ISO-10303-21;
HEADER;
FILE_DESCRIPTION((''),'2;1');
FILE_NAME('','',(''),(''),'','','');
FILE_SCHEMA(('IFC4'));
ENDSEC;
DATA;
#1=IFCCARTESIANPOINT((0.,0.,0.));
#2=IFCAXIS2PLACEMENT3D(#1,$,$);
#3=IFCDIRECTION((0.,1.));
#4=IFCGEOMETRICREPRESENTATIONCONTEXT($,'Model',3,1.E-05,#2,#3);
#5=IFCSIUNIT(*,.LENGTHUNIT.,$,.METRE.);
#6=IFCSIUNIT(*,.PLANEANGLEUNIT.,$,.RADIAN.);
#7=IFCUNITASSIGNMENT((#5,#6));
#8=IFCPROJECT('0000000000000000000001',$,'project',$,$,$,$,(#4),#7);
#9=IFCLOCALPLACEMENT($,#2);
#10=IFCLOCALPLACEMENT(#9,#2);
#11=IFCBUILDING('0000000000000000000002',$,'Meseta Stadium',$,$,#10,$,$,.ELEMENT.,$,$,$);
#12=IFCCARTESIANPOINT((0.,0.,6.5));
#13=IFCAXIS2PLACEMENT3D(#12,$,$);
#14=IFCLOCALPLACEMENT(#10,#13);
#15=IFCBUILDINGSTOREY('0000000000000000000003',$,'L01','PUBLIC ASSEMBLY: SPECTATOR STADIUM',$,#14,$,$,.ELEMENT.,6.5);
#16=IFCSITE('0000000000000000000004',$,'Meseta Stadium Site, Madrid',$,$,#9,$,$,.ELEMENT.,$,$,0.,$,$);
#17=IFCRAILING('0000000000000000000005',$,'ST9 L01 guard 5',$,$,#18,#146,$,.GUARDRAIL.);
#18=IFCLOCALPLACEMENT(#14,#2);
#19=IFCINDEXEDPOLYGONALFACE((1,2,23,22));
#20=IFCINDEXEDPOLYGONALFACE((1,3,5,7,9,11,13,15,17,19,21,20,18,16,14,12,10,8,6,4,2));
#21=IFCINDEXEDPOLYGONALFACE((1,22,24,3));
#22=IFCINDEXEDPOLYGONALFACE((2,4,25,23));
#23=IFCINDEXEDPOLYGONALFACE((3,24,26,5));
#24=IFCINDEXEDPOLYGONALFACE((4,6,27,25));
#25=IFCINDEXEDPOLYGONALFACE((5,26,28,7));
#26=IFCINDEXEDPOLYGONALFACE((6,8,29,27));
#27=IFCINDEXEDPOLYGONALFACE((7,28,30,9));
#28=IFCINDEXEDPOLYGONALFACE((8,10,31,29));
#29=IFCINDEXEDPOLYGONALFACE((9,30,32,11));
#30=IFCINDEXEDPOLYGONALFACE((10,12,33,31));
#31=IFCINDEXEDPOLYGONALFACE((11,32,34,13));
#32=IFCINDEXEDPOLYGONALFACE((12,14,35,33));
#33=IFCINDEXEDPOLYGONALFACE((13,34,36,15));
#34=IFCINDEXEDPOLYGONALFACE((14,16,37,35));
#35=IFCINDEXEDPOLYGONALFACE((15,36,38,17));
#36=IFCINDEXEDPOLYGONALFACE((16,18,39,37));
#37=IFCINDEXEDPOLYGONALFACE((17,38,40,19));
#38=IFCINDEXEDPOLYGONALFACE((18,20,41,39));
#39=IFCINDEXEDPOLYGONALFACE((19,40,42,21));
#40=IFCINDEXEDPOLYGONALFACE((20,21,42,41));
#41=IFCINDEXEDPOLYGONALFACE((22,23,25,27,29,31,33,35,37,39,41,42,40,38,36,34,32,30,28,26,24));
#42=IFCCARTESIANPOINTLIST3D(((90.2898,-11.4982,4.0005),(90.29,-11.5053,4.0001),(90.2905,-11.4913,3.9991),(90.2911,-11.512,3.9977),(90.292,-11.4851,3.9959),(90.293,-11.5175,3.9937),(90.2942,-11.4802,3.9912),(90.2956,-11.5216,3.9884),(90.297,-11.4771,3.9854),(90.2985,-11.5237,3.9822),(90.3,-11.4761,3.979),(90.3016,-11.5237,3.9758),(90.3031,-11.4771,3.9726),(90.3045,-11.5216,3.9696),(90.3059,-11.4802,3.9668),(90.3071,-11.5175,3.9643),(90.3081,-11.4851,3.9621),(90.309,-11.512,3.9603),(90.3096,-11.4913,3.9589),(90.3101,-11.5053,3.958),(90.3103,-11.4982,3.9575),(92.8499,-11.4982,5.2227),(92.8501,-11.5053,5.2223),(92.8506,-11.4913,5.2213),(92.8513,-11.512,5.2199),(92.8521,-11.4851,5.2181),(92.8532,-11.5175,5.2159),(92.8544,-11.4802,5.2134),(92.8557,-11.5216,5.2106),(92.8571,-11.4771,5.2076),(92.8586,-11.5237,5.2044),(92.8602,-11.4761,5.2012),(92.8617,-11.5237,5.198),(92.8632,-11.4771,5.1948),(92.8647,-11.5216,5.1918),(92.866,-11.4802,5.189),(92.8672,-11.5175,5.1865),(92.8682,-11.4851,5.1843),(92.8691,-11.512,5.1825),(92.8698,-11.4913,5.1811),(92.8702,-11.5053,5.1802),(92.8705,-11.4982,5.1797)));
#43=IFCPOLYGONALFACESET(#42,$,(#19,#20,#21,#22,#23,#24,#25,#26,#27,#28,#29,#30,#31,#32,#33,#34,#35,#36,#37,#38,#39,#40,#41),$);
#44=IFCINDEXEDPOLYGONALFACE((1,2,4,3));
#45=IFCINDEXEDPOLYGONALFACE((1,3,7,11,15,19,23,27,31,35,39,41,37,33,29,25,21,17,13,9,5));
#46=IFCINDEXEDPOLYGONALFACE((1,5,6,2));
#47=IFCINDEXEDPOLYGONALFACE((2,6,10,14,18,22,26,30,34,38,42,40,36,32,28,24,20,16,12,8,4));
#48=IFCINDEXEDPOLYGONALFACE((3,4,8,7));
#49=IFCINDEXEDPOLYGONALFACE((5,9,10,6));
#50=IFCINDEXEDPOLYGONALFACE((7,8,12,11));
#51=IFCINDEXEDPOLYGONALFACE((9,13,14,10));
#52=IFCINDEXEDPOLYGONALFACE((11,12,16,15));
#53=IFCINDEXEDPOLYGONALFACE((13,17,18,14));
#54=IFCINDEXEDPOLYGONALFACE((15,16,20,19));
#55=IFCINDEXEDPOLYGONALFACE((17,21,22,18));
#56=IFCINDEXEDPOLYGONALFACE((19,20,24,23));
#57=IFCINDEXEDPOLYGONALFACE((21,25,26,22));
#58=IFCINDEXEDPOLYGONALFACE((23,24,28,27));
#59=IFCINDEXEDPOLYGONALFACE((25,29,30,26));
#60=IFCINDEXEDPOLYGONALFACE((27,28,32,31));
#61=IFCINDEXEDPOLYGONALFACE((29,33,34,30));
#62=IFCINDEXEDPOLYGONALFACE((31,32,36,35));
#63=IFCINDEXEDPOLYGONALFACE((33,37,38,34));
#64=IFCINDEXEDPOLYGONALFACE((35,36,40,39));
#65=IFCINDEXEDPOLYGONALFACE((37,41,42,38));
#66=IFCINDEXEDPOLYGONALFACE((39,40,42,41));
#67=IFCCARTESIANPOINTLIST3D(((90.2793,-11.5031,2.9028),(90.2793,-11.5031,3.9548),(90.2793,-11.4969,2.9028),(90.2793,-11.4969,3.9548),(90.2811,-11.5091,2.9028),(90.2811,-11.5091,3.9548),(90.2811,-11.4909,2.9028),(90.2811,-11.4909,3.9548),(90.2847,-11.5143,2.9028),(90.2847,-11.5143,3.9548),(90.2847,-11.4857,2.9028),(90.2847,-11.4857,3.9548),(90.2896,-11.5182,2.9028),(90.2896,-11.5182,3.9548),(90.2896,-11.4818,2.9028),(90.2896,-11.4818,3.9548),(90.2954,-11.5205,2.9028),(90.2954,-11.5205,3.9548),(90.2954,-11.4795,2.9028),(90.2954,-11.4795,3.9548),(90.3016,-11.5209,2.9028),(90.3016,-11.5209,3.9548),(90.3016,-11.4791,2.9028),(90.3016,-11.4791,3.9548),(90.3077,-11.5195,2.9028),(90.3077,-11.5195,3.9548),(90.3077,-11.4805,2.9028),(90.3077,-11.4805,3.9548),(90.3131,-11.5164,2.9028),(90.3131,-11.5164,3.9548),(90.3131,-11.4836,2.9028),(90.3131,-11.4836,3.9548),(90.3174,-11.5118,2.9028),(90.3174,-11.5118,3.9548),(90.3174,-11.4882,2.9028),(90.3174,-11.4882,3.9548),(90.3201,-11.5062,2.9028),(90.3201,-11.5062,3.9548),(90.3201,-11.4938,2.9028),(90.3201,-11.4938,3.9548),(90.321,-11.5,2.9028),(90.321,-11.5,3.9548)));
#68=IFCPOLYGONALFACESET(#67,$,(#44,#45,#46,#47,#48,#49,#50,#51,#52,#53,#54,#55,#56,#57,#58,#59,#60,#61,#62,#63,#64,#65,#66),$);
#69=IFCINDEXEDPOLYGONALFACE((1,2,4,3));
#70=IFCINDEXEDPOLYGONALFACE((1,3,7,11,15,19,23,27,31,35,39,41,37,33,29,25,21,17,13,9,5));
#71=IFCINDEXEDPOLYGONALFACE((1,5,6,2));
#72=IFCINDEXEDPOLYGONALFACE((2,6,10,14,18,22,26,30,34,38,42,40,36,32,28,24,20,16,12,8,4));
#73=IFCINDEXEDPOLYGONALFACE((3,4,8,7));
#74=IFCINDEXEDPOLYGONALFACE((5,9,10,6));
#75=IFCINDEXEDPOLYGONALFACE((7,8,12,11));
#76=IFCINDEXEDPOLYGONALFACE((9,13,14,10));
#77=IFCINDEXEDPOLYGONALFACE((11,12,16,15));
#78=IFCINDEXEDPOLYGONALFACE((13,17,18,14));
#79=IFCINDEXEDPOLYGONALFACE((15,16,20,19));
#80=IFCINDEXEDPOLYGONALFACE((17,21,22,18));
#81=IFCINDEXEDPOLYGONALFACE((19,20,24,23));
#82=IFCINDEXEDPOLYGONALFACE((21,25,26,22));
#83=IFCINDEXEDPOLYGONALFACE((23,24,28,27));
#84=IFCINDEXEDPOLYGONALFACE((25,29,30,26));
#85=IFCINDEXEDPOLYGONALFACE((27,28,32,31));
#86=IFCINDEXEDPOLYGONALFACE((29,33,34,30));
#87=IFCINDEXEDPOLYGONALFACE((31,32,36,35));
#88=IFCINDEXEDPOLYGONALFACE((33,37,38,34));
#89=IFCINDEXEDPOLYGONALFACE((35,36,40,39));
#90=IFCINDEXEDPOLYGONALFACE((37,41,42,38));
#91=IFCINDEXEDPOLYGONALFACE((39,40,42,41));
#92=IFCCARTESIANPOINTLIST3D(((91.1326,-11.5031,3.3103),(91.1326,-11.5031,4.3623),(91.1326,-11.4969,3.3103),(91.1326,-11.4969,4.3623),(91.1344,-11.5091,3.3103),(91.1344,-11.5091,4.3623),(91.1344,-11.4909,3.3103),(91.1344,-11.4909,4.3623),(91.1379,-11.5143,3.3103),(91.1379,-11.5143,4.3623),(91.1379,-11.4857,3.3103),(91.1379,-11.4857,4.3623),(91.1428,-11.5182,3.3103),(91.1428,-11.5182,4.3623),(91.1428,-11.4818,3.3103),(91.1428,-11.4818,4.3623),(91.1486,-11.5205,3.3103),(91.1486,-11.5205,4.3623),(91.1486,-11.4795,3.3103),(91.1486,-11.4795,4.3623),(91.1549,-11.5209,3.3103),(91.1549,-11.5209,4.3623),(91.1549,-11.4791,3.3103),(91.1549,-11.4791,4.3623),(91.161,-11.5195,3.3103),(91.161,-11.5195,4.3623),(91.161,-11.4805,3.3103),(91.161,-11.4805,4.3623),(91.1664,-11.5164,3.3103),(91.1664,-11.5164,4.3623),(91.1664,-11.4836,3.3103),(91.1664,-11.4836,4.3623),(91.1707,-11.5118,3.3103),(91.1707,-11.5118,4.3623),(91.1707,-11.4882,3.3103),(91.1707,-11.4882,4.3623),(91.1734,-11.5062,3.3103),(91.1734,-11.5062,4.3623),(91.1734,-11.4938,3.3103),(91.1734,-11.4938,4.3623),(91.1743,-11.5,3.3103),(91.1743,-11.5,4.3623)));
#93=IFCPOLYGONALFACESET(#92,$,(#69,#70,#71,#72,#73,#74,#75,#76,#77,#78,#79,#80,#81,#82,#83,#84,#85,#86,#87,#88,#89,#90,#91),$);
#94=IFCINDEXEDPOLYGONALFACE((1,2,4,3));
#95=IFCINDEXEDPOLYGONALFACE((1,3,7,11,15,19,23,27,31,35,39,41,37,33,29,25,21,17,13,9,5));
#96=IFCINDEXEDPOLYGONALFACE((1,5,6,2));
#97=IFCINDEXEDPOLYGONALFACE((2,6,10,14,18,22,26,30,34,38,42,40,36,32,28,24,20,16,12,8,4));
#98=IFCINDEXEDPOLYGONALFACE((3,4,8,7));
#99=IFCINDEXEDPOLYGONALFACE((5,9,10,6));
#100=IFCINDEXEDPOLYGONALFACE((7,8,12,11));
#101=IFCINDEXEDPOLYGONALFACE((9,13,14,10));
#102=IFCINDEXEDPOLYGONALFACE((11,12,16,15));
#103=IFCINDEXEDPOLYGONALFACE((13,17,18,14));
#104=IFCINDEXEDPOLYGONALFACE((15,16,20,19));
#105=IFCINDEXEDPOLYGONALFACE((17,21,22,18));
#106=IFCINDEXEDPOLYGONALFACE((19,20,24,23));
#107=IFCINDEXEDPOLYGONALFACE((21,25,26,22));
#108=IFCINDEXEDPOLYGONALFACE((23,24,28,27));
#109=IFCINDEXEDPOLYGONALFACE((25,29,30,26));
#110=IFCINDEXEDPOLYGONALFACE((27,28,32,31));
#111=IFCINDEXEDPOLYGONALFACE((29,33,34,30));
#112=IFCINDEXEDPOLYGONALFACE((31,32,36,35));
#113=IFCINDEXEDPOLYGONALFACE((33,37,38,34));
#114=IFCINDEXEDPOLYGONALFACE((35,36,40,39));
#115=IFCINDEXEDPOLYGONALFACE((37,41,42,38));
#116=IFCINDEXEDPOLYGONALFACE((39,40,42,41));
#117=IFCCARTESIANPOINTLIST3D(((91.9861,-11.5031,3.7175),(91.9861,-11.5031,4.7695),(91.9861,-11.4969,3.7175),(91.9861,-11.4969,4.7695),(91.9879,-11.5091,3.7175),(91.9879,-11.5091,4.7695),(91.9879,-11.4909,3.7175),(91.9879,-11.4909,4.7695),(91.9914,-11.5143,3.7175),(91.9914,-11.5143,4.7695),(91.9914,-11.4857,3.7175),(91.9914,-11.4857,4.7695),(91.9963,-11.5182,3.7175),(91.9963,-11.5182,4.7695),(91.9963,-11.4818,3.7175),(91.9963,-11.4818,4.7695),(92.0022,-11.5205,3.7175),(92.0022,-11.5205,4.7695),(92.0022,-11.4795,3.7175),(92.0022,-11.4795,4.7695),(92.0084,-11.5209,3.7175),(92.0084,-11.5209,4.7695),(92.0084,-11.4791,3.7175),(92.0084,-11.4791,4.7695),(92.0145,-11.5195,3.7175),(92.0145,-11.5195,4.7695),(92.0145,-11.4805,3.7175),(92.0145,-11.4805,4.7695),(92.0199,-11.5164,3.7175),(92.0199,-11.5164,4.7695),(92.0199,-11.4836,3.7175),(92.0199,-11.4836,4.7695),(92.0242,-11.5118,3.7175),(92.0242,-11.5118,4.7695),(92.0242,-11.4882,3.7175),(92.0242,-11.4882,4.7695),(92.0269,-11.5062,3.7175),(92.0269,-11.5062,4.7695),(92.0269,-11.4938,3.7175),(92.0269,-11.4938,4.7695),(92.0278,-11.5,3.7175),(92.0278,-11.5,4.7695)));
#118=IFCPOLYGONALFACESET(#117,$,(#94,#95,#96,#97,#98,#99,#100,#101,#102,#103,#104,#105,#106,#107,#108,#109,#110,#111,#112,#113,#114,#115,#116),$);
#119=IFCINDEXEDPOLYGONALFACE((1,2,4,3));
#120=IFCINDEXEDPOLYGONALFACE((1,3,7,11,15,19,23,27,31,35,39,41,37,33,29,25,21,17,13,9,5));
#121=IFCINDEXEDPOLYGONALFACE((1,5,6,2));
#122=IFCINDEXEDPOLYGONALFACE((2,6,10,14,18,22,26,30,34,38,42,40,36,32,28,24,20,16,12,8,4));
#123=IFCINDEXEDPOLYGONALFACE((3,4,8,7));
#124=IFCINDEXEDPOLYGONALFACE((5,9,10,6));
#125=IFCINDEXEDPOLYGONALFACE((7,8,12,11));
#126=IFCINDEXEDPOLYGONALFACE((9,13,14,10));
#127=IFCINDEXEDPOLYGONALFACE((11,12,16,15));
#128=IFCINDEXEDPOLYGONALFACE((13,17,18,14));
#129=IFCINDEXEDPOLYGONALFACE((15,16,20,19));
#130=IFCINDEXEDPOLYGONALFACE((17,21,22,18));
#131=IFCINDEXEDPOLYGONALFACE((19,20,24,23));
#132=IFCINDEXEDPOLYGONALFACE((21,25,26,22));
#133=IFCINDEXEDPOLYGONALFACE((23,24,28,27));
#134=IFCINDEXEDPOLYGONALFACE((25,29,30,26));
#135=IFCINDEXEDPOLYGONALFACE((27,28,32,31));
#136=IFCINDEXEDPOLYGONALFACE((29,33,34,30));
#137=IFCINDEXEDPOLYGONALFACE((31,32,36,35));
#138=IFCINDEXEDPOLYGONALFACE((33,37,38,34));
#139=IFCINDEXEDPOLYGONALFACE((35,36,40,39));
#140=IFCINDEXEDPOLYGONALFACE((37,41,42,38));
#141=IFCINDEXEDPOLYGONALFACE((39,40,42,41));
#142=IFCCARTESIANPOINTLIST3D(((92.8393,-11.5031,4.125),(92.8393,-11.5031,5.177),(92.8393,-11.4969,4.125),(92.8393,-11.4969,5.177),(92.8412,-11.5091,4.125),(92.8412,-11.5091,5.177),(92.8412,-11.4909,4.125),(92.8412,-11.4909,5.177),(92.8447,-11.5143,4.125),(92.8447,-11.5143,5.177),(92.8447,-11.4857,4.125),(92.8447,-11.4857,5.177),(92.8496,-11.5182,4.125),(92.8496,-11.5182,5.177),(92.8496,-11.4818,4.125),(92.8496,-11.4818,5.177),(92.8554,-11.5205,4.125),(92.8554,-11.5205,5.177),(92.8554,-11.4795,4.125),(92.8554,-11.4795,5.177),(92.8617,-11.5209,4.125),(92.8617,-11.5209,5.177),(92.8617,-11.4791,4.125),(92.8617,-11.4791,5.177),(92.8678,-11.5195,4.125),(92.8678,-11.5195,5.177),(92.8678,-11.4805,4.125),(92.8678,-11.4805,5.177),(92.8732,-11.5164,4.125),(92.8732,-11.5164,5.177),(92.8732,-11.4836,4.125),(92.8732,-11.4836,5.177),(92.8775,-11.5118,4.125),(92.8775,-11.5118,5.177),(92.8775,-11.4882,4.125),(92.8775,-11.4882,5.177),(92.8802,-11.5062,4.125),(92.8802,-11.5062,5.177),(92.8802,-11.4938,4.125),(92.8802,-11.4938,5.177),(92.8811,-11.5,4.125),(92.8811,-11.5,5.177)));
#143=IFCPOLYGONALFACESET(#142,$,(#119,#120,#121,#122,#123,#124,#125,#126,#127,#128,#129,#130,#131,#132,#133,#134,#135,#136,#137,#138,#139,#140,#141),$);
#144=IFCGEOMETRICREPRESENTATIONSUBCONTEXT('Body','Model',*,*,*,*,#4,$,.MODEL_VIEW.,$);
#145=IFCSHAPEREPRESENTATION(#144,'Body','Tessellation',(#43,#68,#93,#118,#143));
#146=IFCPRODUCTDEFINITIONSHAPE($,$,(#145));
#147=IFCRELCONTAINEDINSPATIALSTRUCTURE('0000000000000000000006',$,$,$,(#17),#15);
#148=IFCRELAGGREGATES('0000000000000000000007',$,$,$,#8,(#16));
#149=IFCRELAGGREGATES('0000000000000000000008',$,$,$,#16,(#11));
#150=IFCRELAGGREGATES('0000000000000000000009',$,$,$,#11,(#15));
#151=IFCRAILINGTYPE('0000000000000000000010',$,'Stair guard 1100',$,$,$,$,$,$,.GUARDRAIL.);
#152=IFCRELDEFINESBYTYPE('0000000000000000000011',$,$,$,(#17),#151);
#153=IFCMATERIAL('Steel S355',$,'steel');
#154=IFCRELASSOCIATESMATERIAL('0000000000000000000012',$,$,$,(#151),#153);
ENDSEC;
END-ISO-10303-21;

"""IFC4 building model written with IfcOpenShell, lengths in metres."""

from ifc_helpers import new_model, si_unit, direction, frame, origin, origin_2d, place, context, subcontext, project, spatial, circle, extrude, material, type_object, element, save


model = new_model("IFC4")

# Units and contexts
model_context = context("Model", 3, precision=1e-05, world=origin(), true_north=direction((0.0, 1.0)))
body_context = subcontext(model_context, "Body", "Model", "MODEL_VIEW")
ifc_project = project(units=[si_unit("LENGTHUNIT", "METRE"), si_unit("PLANEANGLEUNIT", "RADIAN")], contexts=[model_context])

# Site, building, storey
site_placement = place(None, origin())
site = spatial("IfcSite", under=ifc_project, at=site_placement, Name="Meseta Stadium Site, Madrid", CompositionType="ELEMENT", RefElevation=0.0)
building_placement = place(site_placement, origin())
building = spatial("IfcBuilding", under=site, at=building_placement, Name="Meseta Stadium", CompositionType="ELEMENT")
storey_placement = place(building_placement, frame((0.0, 0.0, 6.5)))
storey = spatial("IfcBuildingStorey", under=building, at=storey_placement, Name="L01", Description="PUBLIC ASSEMBLY: SPECTATOR STADIUM", CompositionType="ELEMENT", Elevation=6.5)

# Railing
ifc_material_1 = material(Name="Steel S355", Category="steel")
railing_type_1 = type_object("IfcRailingType", Name="Stair guard 1100", PredefinedType="GUARDRAIL", material=ifc_material_1)
railing_1_placement = place(storey_placement, frame((90.3, -11.5, 2.9028)))
element("IfcRailing", 1, at=railing_1_placement, inside=storey, type_object=railing_type_1, Name="ST9 L01 guard 5", PredefinedType="GUARDRAIL", context=body_context, shape_type="SweptSolid", body=[
    extrude(circle(Radius=0.0239, at=origin_2d()), frame((0.0, 0.0, 1.0762), z_axis=(0.902437, 0.0, 0.430822), x_axis=(0.0, 1.0, 0.0)), (0.0, 0.0, 1.0), 2.8369),
    extrude(circle(Radius=0.021, at=origin_2d()), origin(), (0.0, 0.0, 1.0), 1.052),
    extrude(circle(Radius=0.021, at=origin_2d()), frame((0.8533, 0.0, 0.4075)), (0.0, 0.0, 1.0), 1.052),
    extrude(circle(Radius=0.021, at=origin_2d()), frame((1.7068, 0.0, 0.8147)), (0.0, 0.0, 1.0), 1.052),
    extrude(circle(Radius=0.021, at=origin_2d()), frame((2.5601, 0.0, 1.2222)), (0.0, 0.0, 1.0), 1.052),
])

save(model, "model.ifc")
